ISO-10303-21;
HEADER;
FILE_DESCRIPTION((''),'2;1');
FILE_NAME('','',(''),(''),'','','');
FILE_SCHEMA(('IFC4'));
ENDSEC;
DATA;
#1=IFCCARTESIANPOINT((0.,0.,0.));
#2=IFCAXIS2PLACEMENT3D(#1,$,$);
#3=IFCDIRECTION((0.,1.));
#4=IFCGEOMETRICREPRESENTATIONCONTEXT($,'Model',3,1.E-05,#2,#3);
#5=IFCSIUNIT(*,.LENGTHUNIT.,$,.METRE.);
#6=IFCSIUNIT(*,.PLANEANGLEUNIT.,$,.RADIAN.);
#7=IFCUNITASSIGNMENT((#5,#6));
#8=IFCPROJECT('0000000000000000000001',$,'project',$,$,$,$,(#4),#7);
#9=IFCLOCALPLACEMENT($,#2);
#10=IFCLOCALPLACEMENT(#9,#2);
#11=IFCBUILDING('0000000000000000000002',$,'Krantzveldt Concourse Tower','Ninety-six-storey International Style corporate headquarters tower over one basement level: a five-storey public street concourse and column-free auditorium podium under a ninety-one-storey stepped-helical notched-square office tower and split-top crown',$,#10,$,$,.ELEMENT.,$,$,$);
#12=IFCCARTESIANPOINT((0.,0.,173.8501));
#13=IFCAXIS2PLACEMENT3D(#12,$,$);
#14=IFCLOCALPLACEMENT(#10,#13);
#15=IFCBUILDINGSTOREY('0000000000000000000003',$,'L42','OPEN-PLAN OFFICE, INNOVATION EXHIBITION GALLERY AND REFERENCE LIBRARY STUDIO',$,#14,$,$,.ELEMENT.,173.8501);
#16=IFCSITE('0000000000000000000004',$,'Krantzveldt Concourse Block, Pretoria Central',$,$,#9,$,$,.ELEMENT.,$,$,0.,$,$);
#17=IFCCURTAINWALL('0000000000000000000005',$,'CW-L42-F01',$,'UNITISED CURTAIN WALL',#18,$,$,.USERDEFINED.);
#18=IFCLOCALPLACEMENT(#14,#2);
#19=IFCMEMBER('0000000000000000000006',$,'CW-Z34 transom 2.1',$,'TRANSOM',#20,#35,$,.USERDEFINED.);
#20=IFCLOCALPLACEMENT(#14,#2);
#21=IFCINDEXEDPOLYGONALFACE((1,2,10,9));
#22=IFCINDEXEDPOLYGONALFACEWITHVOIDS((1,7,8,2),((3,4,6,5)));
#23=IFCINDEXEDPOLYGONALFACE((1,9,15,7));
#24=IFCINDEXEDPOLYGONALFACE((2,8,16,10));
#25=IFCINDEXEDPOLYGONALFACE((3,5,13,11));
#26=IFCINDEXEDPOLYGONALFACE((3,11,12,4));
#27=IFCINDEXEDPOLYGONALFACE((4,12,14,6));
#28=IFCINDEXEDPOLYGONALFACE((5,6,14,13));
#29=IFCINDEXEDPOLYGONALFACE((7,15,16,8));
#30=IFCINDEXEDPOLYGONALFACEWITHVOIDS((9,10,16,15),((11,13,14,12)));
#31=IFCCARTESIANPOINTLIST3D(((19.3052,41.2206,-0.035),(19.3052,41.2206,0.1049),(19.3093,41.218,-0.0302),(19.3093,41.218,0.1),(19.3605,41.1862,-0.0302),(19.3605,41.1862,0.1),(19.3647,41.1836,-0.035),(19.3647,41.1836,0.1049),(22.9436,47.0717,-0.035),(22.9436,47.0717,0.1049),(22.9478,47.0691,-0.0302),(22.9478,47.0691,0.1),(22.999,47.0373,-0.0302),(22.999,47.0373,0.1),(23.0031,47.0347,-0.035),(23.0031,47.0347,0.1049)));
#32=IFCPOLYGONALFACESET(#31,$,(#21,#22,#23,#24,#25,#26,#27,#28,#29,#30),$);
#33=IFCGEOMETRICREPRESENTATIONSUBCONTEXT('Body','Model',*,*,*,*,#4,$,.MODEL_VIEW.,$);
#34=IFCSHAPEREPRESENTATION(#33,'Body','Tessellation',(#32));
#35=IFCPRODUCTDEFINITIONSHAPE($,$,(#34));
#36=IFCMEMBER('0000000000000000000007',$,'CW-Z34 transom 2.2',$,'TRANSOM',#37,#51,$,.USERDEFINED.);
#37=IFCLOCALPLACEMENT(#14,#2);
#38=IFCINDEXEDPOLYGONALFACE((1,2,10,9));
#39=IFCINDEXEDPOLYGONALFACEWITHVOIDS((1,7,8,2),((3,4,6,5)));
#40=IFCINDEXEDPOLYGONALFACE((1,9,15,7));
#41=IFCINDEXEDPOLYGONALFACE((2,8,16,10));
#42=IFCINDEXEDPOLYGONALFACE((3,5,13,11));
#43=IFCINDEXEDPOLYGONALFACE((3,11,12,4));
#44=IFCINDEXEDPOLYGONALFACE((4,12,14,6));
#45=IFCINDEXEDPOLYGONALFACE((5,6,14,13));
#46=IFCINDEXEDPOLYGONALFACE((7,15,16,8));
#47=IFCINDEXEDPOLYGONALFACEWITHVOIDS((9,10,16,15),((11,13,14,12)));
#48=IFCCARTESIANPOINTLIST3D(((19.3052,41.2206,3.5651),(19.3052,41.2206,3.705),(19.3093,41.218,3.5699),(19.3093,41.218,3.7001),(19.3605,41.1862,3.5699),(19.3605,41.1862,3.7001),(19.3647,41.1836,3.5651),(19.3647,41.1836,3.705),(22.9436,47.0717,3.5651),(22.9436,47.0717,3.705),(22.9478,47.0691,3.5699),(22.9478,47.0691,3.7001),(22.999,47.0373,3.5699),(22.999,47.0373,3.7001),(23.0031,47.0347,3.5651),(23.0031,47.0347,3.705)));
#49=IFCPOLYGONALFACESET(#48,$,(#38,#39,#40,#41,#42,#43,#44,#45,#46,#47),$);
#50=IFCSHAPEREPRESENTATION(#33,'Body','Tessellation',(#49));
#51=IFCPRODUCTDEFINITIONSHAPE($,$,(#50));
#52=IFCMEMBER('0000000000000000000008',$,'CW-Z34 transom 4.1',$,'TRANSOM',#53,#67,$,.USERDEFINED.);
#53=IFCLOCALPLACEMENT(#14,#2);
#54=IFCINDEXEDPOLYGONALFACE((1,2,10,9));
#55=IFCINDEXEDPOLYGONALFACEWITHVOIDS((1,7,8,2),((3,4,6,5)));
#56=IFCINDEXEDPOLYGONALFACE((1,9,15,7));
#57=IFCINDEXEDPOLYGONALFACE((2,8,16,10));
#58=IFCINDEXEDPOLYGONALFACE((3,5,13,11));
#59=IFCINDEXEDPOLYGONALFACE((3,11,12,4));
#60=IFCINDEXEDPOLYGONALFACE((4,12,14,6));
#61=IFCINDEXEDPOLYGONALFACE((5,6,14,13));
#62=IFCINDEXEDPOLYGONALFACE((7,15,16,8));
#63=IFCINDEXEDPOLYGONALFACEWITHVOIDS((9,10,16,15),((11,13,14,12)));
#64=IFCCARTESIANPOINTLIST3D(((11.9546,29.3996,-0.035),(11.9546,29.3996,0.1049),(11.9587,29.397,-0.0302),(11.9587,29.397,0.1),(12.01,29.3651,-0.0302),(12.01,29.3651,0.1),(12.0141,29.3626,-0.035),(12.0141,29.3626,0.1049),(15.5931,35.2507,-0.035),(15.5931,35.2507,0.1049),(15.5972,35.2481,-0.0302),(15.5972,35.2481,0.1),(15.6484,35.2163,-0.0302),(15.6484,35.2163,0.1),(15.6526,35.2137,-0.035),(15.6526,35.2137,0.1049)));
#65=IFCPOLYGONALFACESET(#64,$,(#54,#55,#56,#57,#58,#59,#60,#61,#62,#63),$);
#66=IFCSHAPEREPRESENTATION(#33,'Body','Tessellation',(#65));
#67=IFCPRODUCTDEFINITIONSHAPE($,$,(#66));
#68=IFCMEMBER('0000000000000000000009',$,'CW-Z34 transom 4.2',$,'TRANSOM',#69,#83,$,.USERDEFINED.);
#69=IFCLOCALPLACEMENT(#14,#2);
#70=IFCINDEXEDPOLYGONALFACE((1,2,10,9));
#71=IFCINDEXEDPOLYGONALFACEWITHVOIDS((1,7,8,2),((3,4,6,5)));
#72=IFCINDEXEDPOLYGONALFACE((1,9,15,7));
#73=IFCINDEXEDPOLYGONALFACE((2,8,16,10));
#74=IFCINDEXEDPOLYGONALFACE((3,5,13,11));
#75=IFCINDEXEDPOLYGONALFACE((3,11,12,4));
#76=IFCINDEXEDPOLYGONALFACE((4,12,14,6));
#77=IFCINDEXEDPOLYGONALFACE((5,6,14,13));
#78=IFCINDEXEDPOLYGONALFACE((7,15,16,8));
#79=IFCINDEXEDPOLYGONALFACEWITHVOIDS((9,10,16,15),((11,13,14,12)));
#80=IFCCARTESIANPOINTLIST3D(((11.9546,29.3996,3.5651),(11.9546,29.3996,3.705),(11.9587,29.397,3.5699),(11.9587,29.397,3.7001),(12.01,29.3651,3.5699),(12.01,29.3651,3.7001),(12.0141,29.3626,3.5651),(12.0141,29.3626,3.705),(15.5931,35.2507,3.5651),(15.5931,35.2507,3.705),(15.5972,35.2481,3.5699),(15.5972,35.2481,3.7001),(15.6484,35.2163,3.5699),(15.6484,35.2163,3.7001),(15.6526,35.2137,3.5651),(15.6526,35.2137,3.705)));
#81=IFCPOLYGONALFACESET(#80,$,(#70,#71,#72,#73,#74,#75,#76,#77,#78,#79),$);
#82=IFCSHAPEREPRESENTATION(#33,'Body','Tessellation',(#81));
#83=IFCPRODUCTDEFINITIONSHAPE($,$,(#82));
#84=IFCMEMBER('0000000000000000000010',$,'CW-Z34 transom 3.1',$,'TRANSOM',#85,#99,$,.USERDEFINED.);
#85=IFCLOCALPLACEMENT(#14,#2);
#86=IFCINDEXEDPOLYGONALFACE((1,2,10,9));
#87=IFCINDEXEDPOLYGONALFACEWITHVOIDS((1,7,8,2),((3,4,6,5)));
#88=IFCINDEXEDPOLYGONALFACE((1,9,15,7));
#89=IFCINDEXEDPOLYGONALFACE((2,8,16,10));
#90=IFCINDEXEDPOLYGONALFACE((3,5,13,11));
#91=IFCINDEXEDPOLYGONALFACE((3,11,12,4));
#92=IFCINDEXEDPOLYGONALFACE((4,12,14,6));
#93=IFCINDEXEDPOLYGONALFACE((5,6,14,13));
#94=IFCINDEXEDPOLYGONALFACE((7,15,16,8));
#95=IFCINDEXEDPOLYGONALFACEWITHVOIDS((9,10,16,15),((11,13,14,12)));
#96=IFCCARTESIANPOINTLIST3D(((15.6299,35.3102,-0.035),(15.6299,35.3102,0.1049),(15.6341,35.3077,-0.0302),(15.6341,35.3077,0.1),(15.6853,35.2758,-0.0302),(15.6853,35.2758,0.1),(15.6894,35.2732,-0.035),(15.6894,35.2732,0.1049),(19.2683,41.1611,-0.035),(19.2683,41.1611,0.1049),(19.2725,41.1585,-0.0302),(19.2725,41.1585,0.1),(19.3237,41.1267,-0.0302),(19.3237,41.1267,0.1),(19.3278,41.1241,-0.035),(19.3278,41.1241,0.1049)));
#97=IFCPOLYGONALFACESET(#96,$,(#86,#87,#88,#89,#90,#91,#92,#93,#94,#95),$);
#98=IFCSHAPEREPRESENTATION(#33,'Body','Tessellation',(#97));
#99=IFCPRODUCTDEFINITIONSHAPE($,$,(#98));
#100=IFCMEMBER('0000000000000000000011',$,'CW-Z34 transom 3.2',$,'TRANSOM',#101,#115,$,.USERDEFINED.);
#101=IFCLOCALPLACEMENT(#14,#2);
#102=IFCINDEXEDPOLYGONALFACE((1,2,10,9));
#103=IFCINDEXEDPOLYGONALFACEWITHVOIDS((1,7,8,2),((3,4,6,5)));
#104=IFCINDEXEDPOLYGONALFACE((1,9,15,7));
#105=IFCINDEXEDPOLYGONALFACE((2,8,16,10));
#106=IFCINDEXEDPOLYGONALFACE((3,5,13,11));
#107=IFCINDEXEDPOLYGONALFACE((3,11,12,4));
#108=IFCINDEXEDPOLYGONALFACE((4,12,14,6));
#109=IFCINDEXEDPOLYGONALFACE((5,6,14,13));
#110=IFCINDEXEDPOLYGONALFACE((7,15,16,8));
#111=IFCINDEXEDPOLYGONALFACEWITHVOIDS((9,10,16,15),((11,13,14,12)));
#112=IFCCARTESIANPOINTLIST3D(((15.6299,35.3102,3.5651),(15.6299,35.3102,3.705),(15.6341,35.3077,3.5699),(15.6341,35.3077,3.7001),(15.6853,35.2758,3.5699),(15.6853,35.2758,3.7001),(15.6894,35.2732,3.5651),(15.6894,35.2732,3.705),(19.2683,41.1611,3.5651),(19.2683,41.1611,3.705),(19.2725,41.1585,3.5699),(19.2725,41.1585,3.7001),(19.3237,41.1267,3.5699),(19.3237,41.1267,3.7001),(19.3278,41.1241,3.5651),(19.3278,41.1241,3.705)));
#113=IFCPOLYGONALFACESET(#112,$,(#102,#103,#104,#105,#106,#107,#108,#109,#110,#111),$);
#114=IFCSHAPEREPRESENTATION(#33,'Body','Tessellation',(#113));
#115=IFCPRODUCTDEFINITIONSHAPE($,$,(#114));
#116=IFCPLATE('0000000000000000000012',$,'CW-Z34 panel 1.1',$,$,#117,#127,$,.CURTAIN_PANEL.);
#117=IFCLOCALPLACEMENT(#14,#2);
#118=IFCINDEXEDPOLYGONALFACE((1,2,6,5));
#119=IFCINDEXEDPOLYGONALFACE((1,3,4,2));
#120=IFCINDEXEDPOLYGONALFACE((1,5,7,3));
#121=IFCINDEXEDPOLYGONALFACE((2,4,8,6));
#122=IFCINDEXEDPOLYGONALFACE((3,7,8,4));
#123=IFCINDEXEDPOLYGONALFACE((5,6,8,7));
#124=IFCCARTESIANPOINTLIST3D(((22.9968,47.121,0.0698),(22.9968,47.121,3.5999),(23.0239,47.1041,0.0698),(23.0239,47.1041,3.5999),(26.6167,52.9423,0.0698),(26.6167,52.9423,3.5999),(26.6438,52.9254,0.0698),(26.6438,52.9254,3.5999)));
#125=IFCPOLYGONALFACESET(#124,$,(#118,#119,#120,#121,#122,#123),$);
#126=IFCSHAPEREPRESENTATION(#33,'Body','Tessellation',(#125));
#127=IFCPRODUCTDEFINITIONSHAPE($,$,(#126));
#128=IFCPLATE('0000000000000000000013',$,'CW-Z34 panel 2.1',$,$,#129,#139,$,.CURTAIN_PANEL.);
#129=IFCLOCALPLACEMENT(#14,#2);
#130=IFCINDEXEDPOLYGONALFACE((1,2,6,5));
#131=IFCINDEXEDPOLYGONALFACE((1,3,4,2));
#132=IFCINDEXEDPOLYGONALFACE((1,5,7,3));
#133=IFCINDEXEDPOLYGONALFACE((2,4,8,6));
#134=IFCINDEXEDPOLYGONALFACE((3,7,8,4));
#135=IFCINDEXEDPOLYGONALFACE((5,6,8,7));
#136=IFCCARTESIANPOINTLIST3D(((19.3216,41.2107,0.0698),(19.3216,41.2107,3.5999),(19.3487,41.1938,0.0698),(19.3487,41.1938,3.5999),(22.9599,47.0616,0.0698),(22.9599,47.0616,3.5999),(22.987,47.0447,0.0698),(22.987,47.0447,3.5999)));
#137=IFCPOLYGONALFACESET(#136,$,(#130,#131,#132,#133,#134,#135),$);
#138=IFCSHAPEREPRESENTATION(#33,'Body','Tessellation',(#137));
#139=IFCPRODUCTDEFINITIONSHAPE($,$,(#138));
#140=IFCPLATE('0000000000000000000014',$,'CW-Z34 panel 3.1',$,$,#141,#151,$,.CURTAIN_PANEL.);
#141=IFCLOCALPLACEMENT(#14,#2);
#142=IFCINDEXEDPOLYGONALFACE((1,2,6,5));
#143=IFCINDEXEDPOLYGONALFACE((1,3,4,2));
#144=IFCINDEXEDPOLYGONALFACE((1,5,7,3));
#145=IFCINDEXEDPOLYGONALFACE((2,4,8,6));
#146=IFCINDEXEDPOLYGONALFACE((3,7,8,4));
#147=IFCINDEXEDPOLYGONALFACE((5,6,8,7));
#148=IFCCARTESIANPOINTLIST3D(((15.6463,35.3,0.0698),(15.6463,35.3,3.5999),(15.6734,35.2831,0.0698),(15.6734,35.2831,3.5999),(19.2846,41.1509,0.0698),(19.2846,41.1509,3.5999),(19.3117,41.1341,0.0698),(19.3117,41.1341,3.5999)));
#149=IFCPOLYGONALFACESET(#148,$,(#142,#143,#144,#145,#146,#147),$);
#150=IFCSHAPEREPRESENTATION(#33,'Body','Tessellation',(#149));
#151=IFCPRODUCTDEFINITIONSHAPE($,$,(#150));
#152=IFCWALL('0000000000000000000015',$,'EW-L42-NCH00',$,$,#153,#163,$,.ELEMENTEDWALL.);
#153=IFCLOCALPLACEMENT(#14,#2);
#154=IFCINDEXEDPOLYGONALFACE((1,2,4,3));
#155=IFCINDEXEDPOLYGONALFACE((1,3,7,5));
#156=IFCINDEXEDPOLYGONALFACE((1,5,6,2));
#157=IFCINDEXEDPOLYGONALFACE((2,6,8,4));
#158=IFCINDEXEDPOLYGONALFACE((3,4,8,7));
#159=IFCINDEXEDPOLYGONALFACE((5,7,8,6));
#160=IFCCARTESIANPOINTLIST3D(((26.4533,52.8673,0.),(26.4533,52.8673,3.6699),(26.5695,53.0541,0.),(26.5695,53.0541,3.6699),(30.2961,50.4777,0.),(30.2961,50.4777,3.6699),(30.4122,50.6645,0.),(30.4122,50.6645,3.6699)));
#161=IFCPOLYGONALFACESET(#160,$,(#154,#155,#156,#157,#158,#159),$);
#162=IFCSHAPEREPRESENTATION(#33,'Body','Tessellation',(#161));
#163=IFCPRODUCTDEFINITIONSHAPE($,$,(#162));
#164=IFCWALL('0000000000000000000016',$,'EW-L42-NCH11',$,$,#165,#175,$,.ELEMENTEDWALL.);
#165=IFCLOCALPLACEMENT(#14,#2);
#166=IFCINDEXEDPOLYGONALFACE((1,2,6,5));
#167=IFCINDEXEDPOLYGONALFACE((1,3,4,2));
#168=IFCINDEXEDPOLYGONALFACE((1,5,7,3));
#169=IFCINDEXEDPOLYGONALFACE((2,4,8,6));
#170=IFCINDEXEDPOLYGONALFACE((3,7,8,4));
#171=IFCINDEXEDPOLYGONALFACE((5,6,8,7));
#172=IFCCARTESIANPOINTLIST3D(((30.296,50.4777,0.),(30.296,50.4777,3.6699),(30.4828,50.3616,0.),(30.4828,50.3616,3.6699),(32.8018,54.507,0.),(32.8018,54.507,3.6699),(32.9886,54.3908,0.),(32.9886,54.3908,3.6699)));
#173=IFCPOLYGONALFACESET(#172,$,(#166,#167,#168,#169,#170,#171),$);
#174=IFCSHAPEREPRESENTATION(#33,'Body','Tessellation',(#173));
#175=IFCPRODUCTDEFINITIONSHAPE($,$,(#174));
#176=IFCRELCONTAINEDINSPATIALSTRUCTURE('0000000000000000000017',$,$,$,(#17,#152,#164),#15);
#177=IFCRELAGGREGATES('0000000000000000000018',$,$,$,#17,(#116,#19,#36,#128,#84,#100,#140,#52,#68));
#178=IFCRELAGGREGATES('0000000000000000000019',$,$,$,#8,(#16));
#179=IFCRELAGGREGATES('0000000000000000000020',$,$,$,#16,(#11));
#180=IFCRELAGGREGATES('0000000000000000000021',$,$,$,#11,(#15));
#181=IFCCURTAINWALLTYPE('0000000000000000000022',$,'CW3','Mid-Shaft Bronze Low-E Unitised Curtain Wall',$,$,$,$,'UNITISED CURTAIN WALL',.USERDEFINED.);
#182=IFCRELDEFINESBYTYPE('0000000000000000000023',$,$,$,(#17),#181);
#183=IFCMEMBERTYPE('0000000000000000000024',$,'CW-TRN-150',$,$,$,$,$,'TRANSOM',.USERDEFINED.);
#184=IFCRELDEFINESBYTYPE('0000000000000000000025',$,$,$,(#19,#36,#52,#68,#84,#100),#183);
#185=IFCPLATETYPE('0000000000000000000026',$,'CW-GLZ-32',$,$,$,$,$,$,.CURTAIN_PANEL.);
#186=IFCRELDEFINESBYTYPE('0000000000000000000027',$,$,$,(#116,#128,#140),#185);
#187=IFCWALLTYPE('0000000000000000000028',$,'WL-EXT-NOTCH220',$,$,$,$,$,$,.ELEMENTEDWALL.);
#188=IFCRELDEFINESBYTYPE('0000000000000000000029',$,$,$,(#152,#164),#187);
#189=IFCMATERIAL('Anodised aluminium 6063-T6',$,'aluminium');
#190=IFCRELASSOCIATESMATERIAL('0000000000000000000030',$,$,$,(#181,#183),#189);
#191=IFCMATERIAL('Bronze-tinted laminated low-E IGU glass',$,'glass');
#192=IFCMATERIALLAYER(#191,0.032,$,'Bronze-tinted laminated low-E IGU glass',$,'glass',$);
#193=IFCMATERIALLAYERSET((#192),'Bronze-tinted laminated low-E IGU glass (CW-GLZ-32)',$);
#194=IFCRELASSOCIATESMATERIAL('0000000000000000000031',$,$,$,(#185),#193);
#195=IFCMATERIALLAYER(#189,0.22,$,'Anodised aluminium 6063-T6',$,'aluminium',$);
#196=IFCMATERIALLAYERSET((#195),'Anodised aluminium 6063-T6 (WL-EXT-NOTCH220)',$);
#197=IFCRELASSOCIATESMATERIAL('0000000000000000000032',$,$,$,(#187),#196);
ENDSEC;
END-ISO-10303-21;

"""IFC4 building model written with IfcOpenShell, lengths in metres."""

from ifc_helpers import new_model, si_unit, direction, frame, frame_2d, origin, origin_2d, place, context, subcontext, project, spatial, rectangle, hollow_rectangle, extrude, source, transform, mapped, material, layer, layer_set, material_profile, profile_set, type_object, type_shapes, element, aggregate, save


model = new_model("IFC4")

# Units and contexts
model_context = context("Model", 3, precision=1e-05, world=origin(), true_north=direction((0.0, 1.0)))
body_context = subcontext(model_context, "Body", "Model", "MODEL_VIEW")
ifc_project = project(units=[si_unit("LENGTHUNIT", "METRE"), si_unit("PLANEANGLEUNIT", "RADIAN")], contexts=[model_context])

# Site, building, storey
site_placement = place(None, origin())
site = spatial("IfcSite", under=ifc_project, at=site_placement, Name="Krantzveldt Concourse Block, Pretoria Central", CompositionType="ELEMENT", RefElevation=0.0)
building_placement = place(site_placement, origin())
building = spatial("IfcBuilding", under=site, at=building_placement, Name="Krantzveldt Concourse Tower", Description="Ninety-six-storey International Style corporate headquarters tower over one basement level: a five-storey public street concourse and column-free auditorium podium under a ninety-one-storey stepped-helical notched-square office tower and split-top crown", CompositionType="ELEMENT")
storey_placement = place(building_placement, frame((0.0, 0.0, 173.8501)))
storey = spatial("IfcBuildingStorey", under=building, at=storey_placement, Name="L42", Description="OPEN-PLAN OFFICE, INNOVATION EXHIBITION GALLERY AND REFERENCE LIBRARY STUDIO", CompositionType="ELEMENT", Elevation=173.8501)

# Curtain wall
ifc_material_1 = material(Name="Anodised aluminium 6063-T6", Category="aluminium")
curtain_wall_type = type_object("IfcCurtainWallType", Name="CW3", Description="Mid-Shaft Bronze Low-E Unitised Curtain Wall", ElementType="UNITISED CURTAIN WALL", PredefinedType="USERDEFINED", material=ifc_material_1)
curtain_wall_1_placement = place(storey_placement, origin())
curtain_wall_1 = element("IfcCurtainWall", 1, at=curtain_wall_1_placement, inside=storey, type_object=curtain_wall_type, Name="CW-L42-F01", ObjectType="UNITISED CURTAIN WALL", PredefinedType="USERDEFINED")

# Members
ifc_material_profile_1 = material_profile(ifc_material_1, hollow_rectangle(XDim=0.0701, YDim=0.1399, WallThickness=0.0049, at=origin_2d()), Name="Anodised aluminium 6063-T6", Category="aluminium")
ifc_profile_set_1 = profile_set([ifc_material_profile_1], Name="Anodised aluminium 6063-T6 - ALU-TRAN 140x70x5")
member_type_1 = type_object("IfcMemberType", Name="CW-TRN-150", ElementType="TRANSOM", PredefinedType="USERDEFINED", material=ifc_profile_set_1)
shared_shape_1 = source(origin(), body_context, "Body", "SweptSolid", [
    extrude(hollow_rectangle(XDim=0.0701, YDim=0.1399, WallThickness=0.0049, at=origin_2d()), origin(), (0.0, 0.0, 1.0), 6.8901),
])
member_1_placement = place(storey_placement, frame((22.9734, 47.0532, 0.0349), z_axis=(-0.528067, -0.849202, 0.0), x_axis=(0.849202, -0.528067, 0.0)))
member_1 = element("IfcMember", 2, at=member_1_placement, type_object=member_type_1, Name="CW-Z34 transom 2.1", ObjectType="TRANSOM", PredefinedType="USERDEFINED", context=body_context, shape_type="MappedRepresentation", body=[
    mapped(shared_shape_1, transform((0.0, 0.0, 0.0), x_axis=(1.0, 0.0, 0.0), y_axis=(0.0, 1.0, 0.0), z_axis=(0.0, 0.0, 1.0), scale=1.0)),
])
member_2_placement = place(storey_placement, frame((22.9734, 47.0532, 3.635), z_axis=(-0.528067, -0.849202, 0.0), x_axis=(0.849202, -0.528067, 0.0)))
member_2 = element("IfcMember", 3, at=member_2_placement, type_object=member_type_1, Name="CW-Z34 transom 2.2", ObjectType="TRANSOM", PredefinedType="USERDEFINED", context=body_context, shape_type="MappedRepresentation", body=[
    mapped(shared_shape_1, transform((0.0, 0.0, 0.0), x_axis=(1.0, 0.0, 0.0), y_axis=(0.0, 1.0, 0.0), z_axis=(0.0, 0.0, 1.0), scale=1.0)),
])
member_3_placement = place(storey_placement, frame((15.6228, 35.2322, 0.0349), z_axis=(-0.528067, -0.849202, 0.0), x_axis=(0.849202, -0.528067, 0.0)))
member_3 = element("IfcMember", 4, at=member_3_placement, type_object=member_type_1, Name="CW-Z34 transom 4.1", ObjectType="TRANSOM", PredefinedType="USERDEFINED", context=body_context, shape_type="MappedRepresentation", body=[
    mapped(shared_shape_1, transform((0.0, 0.0, 0.0), x_axis=(1.0, 0.0, 0.0), y_axis=(0.0, 1.0, 0.0), z_axis=(0.0, 0.0, 1.0), scale=1.0)),
])
member_4_placement = place(storey_placement, frame((15.6228, 35.2322, 3.635), z_axis=(-0.528067, -0.849202, 0.0), x_axis=(0.849202, -0.528067, 0.0)))
member_4 = element("IfcMember", 5, at=member_4_placement, type_object=member_type_1, Name="CW-Z34 transom 4.2", ObjectType="TRANSOM", PredefinedType="USERDEFINED", context=body_context, shape_type="MappedRepresentation", body=[
    mapped(shared_shape_1, transform((0.0, 0.0, 0.0), x_axis=(1.0, 0.0, 0.0), y_axis=(0.0, 1.0, 0.0), z_axis=(0.0, 0.0, 1.0), scale=1.0)),
])
shared_shape_2 = source(origin(), body_context, "Body", "SweptSolid", [
    extrude(hollow_rectangle(XDim=0.0701, YDim=0.1399, WallThickness=0.0049, at=origin_2d()), origin(), (0.0, 0.0, 1.0), 6.8899),
])
member_5_placement = place(storey_placement, frame((19.2981, 41.1426, 0.0349), z_axis=(-0.528083, -0.849193, 0.0), x_axis=(0.849193, -0.528083, 0.0)))
member_5 = element("IfcMember", 6, at=member_5_placement, type_object=member_type_1, Name="CW-Z34 transom 3.1", ObjectType="TRANSOM", PredefinedType="USERDEFINED", context=body_context, shape_type="MappedRepresentation", body=[
    mapped(shared_shape_2, transform((0.0, 0.0, 0.0), x_axis=(1.0, 0.0, 0.0), y_axis=(0.0, 1.0, 0.0), z_axis=(0.0, 0.0, 1.0), scale=1.0)),
])
member_6_placement = place(storey_placement, frame((19.2981, 41.1426, 3.635), z_axis=(-0.528083, -0.849193, 0.0), x_axis=(0.849193, -0.528083, 0.0)))
member_6 = element("IfcMember", 7, at=member_6_placement, type_object=member_type_1, Name="CW-Z34 transom 3.2", ObjectType="TRANSOM", PredefinedType="USERDEFINED", context=body_context, shape_type="MappedRepresentation", body=[
    mapped(shared_shape_2, transform((0.0, 0.0, 0.0), x_axis=(1.0, 0.0, 0.0), y_axis=(0.0, 1.0, 0.0), z_axis=(0.0, 0.0, 1.0), scale=1.0)),
])

# Plates
ifc_material_2 = material(Name="Bronze-tinted laminated low-E IGU glass", Category="glass")
ifc_layer_1 = layer(ifc_material_2, 0.032, Name="Bronze-tinted laminated low-E IGU glass", Category="glass")
ifc_layer_set_1 = layer_set([ifc_layer_1], Name="Bronze-tinted laminated low-E IGU glass (CW-GLZ-32)")
plate_type = type_object("IfcPlateType", Name="CW-GLZ-32", PredefinedType="CURTAIN_PANEL", material=ifc_layer_set_1)
shared_shape_3 = source(origin(), body_context, "Body", "SweptSolid", [
    extrude(rectangle(XDim=6.855, YDim=0.032, at=origin_2d()), origin(), (0.0, 0.0, 1.0), 3.53),
])
plate_1_placement = place(storey_placement, frame((24.8203, 50.0232, 0.0698), z_axis=(0.0, 0.0, 1.0), x_axis=(-0.528068, -0.849202, 0.0)))
plate_1 = element("IfcPlate", 8, at=plate_1_placement, type_object=plate_type, Name="CW-Z34 panel 1.1", PredefinedType="CURTAIN_PANEL", context=body_context, shape_type="MappedRepresentation", body=[
    mapped(shared_shape_3, transform((0.0, 0.0, 0.0), x_axis=(1.0, 0.0, 0.0), y_axis=(0.0, 1.0, 0.0), z_axis=(0.0, 0.0, 1.0), scale=1.0)),
])
shared_shape_4 = source(origin(), body_context, "Body", "SweptSolid", [
    extrude(rectangle(XDim=6.8899, YDim=0.032, at=origin_2d()), origin(), (0.0, 0.0, 1.0), 3.53),
])
type_shapes(plate_type, [shared_shape_3, shared_shape_4])
plate_2_placement = place(storey_placement, frame((21.1543, 44.1277, 0.0698), z_axis=(0.0, 0.0, 1.0), x_axis=(-0.528068, -0.849202, 0.0)))
plate_2 = element("IfcPlate", 9, at=plate_2_placement, type_object=plate_type, Name="CW-Z34 panel 2.1", PredefinedType="CURTAIN_PANEL", context=body_context, shape_type="MappedRepresentation", body=[
    mapped(shared_shape_4, transform((0.0, 0.0, 0.0), x_axis=(1.0, 0.0, 0.0), y_axis=(0.0, 1.0, 0.0), z_axis=(0.0, 0.0, 1.0), scale=1.0)),
])
plate_3_placement = place(storey_placement, frame((17.479, 38.217, 0.0698), z_axis=(0.0, 0.0, 1.0), x_axis=(-0.528068, -0.849202, 0.0)))
plate_3 = element("IfcPlate", 10, at=plate_3_placement, type_object=plate_type, Name="CW-Z34 panel 3.1", PredefinedType="CURTAIN_PANEL", context=body_context, shape_type="MappedRepresentation", body=[
    mapped(shared_shape_4, transform((0.0, 0.0, 0.0), x_axis=(1.0, 0.0, 0.0), y_axis=(0.0, 1.0, 0.0), z_axis=(0.0, 0.0, 1.0), scale=1.0)),
])
aggregate(curtain_wall_1, [plate_1, member_1, member_2, plate_2, member_5, member_6, plate_3, member_3, member_4])

# Walls
ifc_layer_2 = layer(ifc_material_1, 0.22, Name="Anodised aluminium 6063-T6", Category="aluminium")
ifc_layer_set_2 = layer_set([ifc_layer_2], Name="Anodised aluminium 6063-T6 (WL-EXT-NOTCH220)")
wall_type_1 = type_object("IfcWallType", Name="WL-EXT-NOTCH220", PredefinedType="ELEMENTEDWALL", material=ifc_layer_set_2)
wall_1_placement = place(storey_placement, frame((30.3542, 50.571, 0.0), z_axis=(0.0, 0.0, 1.0), x_axis=(-0.849196, 0.528077, 0.0)))
element("IfcWall", 11, at=wall_1_placement, inside=storey, type_object=wall_type_1, Name="EW-L42-NCH00", PredefinedType="ELEMENTEDWALL", context=body_context, shape_type="SweptSolid", body=[
    extrude(rectangle(XDim=4.5251, YDim=0.22, at=frame_2d((2.2627, 0.0))), origin(), (0.0, 0.0, 1.0), 3.6699),
])
wall_2_placement = place(storey_placement, frame((32.8953, 54.449, 0.0), z_axis=(0.0, 0.0, 1.0), x_axis=(-0.528111, -0.849176, 0.0)))
element("IfcWall", 12, at=wall_2_placement, inside=storey, type_object=wall_type_1, Name="EW-L42-NCH11", PredefinedType="ELEMENTEDWALL", context=body_context, shape_type="SweptSolid", body=[
    extrude(rectangle(XDim=4.7449, YDim=0.22, at=frame_2d((2.3726, 0.0))), origin(), (0.0, 0.0, 1.0), 3.6699),
])

save(model, "model.ifc")
